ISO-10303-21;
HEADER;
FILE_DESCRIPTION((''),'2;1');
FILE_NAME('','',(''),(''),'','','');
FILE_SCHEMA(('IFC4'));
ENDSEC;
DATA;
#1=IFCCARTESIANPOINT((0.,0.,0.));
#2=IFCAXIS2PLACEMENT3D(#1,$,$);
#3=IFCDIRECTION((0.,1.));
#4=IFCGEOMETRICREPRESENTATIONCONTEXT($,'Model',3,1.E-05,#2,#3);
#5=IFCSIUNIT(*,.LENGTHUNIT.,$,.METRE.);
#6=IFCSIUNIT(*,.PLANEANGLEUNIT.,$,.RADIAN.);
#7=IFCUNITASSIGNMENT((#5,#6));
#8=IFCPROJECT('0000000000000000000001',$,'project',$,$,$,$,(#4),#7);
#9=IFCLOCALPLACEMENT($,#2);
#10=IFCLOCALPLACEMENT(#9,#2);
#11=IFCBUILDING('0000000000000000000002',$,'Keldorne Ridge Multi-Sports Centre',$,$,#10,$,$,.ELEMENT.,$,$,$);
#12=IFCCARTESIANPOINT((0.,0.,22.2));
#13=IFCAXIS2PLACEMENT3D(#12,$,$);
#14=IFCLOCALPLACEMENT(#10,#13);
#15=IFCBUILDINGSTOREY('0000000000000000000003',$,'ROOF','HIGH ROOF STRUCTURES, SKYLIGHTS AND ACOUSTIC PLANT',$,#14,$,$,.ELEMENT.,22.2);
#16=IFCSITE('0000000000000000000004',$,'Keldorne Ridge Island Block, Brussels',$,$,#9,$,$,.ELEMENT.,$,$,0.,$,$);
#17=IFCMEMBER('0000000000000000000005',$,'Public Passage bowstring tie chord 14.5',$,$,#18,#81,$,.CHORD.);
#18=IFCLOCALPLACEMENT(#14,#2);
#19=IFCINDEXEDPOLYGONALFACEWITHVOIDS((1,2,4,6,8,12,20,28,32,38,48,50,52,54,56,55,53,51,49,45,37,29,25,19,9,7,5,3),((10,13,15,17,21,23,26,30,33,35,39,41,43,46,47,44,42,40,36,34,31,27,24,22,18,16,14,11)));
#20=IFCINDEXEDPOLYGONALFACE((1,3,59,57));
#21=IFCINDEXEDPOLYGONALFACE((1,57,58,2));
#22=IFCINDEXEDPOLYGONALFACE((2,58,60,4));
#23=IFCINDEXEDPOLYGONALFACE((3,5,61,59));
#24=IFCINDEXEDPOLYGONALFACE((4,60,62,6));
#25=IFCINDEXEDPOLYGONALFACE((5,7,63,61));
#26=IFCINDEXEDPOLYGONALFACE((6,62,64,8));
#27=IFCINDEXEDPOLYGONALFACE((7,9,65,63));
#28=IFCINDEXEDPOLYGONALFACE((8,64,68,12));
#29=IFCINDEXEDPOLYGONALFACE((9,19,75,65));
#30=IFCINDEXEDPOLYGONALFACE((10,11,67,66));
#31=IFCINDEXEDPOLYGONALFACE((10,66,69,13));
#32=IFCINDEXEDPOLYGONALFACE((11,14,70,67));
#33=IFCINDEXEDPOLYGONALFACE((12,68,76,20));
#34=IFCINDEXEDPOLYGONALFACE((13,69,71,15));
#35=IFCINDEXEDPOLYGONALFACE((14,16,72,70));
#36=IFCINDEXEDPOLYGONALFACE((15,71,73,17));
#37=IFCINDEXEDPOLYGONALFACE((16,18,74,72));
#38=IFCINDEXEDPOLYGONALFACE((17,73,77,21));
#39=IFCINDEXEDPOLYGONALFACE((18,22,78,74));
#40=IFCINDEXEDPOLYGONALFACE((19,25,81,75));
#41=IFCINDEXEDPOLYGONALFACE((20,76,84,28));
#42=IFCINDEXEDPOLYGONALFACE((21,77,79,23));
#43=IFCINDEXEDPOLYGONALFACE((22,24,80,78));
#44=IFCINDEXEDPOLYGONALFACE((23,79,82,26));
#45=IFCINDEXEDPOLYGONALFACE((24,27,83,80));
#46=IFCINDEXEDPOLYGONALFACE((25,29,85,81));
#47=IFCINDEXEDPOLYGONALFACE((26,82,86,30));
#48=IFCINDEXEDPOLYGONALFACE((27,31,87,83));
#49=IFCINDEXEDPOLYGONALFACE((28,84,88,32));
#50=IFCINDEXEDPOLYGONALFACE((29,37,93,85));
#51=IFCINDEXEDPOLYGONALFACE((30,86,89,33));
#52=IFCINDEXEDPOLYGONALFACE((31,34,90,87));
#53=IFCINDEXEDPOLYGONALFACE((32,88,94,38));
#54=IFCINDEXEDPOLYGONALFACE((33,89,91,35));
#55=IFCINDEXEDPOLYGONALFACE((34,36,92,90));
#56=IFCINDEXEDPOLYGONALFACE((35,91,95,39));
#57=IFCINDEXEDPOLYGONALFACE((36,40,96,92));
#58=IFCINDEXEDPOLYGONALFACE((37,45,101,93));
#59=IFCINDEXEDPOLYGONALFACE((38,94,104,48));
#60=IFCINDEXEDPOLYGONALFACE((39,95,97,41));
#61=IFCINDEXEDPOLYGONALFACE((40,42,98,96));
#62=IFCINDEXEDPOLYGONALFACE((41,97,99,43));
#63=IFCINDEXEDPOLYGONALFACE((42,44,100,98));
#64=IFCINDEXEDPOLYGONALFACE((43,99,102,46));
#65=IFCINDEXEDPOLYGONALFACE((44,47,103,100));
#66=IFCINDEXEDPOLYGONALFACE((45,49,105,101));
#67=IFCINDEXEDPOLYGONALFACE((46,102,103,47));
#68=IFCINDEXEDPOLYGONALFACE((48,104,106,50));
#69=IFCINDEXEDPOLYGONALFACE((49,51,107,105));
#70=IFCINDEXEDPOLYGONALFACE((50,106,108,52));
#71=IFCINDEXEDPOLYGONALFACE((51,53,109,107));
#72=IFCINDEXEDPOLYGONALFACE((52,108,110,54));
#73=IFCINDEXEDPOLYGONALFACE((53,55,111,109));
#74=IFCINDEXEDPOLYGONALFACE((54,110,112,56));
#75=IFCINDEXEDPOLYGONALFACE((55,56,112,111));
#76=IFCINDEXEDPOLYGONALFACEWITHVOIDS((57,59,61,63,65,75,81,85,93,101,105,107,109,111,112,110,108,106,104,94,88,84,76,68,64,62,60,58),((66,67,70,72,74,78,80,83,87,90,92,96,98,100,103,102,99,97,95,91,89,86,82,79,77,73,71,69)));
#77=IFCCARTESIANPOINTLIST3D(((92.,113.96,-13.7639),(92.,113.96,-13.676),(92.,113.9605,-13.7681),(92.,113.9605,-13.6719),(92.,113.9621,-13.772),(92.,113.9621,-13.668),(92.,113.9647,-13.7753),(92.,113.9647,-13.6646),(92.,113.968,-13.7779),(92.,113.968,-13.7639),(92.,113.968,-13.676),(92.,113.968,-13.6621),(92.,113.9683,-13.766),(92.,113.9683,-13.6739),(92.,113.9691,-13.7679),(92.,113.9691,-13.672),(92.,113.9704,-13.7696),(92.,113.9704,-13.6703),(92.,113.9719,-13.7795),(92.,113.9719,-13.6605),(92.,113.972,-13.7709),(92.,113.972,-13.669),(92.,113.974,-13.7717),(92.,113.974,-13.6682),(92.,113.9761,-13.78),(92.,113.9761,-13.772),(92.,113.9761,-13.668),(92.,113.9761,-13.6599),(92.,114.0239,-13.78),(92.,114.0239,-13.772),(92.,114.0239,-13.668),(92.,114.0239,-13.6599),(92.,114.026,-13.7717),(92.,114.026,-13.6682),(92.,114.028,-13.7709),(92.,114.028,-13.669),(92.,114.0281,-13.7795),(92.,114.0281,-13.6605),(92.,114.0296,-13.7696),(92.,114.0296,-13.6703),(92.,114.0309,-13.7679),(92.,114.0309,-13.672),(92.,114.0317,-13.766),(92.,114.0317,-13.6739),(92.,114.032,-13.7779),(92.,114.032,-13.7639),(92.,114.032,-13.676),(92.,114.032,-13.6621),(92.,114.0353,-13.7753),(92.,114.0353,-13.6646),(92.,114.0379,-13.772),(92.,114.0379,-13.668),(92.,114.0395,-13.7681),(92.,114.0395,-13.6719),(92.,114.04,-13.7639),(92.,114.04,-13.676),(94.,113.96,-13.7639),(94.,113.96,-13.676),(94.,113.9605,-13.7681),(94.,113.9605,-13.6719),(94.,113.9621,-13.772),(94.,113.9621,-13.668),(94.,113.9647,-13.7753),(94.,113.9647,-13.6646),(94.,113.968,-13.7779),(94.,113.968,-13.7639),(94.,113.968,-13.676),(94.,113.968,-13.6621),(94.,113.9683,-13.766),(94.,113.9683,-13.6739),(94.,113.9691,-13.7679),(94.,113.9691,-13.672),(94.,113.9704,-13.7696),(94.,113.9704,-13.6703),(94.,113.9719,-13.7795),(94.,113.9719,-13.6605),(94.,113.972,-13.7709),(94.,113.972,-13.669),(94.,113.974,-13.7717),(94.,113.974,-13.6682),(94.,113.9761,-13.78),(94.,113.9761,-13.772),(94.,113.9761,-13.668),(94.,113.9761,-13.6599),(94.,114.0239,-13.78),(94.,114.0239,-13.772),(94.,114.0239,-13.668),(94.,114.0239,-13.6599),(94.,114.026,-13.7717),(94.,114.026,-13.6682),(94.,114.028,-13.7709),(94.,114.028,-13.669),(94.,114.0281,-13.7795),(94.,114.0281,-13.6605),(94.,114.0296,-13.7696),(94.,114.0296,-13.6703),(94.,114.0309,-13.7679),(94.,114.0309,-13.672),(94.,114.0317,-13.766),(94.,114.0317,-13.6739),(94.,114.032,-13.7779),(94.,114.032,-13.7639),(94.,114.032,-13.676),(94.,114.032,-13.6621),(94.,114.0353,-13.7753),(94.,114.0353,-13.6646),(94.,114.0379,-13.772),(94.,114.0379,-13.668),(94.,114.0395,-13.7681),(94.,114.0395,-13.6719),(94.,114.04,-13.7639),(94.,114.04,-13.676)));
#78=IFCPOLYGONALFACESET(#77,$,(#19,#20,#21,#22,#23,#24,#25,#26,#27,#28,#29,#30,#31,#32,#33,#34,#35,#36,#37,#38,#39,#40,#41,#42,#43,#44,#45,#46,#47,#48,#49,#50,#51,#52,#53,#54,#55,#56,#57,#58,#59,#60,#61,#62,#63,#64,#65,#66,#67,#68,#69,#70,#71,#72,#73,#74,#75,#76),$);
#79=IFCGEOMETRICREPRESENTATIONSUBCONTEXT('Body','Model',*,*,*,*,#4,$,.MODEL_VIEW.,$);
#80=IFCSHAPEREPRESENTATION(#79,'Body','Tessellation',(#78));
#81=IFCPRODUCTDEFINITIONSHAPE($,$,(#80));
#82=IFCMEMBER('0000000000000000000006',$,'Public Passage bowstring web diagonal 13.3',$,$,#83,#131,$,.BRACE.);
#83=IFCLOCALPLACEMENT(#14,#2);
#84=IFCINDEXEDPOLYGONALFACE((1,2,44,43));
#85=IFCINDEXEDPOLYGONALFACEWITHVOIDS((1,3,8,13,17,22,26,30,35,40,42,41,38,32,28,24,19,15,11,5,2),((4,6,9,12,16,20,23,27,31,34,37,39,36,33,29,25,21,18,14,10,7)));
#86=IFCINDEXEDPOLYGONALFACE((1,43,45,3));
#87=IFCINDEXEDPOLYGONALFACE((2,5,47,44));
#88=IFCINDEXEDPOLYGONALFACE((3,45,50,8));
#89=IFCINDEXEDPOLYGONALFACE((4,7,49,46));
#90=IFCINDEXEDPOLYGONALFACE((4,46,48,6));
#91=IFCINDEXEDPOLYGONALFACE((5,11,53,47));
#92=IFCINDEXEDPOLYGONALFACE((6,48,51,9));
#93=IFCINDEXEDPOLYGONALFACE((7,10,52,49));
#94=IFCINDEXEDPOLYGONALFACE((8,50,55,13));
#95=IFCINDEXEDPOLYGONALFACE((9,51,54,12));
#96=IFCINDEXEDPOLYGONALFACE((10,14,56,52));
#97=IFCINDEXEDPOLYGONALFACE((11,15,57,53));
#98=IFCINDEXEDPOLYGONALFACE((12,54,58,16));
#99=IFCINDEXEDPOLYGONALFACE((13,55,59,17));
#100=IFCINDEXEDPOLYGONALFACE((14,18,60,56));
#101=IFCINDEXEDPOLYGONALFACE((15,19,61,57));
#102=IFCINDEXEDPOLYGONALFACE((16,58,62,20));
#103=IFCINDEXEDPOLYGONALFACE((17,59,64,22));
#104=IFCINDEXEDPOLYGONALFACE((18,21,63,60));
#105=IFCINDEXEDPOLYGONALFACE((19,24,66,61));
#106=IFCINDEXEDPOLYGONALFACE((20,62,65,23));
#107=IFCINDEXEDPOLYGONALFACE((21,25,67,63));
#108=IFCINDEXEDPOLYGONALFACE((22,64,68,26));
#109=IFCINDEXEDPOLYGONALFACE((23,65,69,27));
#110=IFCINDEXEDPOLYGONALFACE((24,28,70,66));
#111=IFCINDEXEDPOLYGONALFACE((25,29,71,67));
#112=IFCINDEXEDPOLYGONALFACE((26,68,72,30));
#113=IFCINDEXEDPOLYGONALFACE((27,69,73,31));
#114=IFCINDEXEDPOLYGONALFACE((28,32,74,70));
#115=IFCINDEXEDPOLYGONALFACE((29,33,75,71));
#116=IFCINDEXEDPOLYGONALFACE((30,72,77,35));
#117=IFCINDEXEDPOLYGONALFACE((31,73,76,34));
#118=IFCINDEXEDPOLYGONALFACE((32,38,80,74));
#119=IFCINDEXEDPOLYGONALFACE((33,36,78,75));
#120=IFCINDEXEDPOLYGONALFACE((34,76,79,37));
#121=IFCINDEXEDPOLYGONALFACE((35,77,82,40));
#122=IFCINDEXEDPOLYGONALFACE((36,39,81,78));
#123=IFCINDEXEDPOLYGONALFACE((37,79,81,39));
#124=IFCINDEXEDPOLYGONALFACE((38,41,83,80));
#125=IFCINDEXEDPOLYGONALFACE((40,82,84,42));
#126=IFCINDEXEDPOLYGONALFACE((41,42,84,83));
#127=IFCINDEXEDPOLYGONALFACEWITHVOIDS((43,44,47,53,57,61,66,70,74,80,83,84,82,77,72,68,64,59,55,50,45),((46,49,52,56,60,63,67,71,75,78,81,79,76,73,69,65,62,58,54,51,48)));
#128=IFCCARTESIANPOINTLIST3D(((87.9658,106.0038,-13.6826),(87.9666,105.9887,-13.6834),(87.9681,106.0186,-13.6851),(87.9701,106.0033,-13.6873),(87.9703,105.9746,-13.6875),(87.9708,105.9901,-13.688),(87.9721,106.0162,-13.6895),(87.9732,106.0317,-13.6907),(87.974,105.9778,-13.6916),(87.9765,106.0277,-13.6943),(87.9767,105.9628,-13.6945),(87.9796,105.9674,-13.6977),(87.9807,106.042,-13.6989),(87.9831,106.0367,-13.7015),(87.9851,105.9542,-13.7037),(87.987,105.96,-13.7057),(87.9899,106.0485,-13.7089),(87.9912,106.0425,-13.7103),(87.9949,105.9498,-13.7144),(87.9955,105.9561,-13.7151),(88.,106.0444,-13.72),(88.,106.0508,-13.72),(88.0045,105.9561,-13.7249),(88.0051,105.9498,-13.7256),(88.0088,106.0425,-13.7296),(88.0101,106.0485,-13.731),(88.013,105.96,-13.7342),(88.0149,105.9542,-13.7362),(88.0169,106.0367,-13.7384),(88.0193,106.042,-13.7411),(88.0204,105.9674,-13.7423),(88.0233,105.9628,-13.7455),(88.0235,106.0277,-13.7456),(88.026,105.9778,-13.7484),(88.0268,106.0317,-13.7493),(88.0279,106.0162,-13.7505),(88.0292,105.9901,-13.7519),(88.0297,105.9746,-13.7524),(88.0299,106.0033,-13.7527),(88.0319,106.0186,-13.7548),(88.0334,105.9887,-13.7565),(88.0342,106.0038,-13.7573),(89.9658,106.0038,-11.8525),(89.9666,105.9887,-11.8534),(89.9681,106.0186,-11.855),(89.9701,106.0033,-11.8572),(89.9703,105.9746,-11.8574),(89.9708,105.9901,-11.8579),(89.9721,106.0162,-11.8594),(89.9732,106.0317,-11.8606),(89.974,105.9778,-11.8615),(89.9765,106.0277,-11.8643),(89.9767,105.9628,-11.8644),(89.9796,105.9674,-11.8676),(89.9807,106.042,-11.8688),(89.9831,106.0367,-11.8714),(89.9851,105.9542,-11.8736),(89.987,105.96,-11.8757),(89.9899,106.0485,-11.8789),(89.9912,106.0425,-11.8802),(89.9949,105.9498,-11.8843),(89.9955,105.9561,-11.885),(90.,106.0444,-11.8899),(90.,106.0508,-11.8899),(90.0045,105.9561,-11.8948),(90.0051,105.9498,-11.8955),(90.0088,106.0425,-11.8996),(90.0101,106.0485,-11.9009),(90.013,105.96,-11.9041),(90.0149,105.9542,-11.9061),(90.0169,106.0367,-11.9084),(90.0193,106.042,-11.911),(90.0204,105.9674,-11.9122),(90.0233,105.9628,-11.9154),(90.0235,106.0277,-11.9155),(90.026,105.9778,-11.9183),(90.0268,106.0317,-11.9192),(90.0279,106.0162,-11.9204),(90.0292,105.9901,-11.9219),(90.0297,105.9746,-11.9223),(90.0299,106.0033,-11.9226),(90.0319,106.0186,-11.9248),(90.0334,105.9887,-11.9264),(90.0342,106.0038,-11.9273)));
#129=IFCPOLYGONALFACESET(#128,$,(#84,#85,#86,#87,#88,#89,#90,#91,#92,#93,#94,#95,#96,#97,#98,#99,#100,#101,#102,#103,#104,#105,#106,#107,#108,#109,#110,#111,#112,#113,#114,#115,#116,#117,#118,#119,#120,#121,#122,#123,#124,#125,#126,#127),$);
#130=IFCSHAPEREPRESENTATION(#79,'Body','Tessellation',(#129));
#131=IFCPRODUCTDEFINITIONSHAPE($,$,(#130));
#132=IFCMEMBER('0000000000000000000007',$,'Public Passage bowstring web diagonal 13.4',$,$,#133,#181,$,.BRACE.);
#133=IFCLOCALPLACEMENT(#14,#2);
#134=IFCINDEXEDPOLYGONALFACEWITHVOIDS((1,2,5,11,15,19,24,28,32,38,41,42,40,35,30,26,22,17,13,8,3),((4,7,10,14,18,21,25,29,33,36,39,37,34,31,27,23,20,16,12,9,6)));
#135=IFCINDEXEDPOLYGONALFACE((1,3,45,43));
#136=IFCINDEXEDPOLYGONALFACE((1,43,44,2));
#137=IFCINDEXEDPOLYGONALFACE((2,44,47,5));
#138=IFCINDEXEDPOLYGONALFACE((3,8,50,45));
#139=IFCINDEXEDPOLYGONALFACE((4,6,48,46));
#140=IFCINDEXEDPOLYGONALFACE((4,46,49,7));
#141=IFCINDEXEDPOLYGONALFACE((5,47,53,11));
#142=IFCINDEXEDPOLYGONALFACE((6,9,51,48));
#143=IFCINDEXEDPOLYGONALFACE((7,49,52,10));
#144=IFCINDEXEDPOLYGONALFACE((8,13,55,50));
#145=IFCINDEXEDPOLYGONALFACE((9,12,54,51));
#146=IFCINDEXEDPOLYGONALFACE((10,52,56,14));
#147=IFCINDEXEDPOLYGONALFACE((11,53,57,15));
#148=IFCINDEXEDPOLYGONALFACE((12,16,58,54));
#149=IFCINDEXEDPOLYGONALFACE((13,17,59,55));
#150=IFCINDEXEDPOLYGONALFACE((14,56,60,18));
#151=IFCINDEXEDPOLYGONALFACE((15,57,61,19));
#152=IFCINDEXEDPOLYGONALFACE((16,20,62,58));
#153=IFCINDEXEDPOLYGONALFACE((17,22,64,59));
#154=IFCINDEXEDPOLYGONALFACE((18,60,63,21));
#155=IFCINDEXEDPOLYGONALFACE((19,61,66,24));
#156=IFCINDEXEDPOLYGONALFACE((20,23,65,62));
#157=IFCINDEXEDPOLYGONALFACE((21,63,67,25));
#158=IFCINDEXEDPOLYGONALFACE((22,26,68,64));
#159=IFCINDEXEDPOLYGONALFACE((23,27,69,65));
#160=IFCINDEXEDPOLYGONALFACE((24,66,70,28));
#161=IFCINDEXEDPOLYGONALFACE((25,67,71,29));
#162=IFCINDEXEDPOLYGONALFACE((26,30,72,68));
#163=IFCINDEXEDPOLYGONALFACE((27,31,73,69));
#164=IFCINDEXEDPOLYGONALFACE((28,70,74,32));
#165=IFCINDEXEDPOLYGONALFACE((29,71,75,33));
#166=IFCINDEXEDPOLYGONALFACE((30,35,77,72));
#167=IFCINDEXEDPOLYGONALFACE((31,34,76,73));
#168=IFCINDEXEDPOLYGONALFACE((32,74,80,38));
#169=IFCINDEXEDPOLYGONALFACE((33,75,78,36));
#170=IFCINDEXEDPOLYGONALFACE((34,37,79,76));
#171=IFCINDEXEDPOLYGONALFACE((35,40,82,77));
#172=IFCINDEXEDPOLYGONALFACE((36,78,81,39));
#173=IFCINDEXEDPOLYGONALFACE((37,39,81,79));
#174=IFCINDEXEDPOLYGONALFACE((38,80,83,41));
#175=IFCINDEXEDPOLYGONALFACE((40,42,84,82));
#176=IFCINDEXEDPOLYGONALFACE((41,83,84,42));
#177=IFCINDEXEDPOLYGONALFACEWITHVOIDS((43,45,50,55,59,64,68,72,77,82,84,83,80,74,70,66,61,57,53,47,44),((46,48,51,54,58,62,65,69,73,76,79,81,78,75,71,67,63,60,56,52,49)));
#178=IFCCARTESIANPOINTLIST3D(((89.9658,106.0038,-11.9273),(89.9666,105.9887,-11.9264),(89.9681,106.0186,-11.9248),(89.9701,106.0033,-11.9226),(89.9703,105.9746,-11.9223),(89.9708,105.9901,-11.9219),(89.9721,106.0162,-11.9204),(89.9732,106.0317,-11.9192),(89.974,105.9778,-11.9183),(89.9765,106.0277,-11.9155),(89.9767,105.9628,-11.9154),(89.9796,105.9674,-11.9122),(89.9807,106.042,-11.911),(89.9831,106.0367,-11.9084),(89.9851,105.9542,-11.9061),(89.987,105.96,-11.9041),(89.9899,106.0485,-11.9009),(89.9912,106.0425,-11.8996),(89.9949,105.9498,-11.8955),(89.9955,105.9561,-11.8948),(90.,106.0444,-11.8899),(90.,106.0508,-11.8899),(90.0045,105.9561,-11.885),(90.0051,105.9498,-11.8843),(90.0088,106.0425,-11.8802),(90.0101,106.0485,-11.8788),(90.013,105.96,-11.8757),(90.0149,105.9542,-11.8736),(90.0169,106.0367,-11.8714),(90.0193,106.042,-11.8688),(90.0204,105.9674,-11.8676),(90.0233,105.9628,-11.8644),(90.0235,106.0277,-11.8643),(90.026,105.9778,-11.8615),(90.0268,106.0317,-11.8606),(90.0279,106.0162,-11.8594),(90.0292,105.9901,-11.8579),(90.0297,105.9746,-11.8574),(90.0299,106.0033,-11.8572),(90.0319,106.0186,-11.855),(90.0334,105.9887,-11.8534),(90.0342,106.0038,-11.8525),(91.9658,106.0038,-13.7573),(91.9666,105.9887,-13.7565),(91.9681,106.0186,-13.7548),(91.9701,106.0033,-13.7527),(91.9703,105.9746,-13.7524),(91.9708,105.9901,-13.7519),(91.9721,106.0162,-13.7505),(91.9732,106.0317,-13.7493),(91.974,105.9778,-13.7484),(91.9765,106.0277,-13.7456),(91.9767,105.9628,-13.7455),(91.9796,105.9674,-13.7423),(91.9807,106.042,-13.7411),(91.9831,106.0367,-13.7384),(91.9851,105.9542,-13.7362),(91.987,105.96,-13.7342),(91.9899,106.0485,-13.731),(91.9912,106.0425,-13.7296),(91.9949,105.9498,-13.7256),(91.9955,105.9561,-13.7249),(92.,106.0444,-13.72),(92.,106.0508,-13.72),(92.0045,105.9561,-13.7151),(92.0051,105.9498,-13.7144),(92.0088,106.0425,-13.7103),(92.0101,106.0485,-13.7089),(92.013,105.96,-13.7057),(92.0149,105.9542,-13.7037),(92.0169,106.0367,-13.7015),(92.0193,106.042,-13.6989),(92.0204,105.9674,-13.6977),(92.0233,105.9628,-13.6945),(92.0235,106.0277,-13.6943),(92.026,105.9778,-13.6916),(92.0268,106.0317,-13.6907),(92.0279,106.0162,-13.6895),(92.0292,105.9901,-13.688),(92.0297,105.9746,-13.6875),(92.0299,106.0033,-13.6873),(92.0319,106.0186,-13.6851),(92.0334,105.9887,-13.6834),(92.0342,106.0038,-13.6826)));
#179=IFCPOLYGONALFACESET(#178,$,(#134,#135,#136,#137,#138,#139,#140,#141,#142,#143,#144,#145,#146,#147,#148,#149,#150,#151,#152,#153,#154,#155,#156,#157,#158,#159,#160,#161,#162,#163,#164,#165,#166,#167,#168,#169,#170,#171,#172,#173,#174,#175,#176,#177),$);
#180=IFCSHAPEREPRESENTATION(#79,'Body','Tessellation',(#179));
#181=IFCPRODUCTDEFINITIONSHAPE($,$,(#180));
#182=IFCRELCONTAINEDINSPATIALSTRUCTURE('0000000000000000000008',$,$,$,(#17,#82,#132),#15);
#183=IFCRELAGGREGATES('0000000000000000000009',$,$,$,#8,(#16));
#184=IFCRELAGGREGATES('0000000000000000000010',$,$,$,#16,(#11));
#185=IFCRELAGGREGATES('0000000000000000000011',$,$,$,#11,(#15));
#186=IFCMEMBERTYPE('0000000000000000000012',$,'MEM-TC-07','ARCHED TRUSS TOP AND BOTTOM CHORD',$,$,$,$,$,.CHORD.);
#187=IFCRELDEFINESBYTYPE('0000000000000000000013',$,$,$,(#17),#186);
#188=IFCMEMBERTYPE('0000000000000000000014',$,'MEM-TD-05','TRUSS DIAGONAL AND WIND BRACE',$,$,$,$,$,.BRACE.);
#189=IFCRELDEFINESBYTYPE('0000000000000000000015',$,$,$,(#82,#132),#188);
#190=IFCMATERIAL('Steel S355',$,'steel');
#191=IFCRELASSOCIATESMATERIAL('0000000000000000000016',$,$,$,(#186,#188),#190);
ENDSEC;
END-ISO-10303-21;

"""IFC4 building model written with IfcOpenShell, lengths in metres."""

from ifc_helpers import new_model, si_unit, direction, frame, origin, origin_2d, place, context, subcontext, project, spatial, hollow_rectangle, hollow_circle, extrude, material, material_profile, profile_set, type_object, element, save


model = new_model("IFC4")

# Units and contexts
model_context = context("Model", 3, precision=1e-05, world=origin(), true_north=direction((0.0, 1.0)))
body_context = subcontext(model_context, "Body", "Model", "MODEL_VIEW")
ifc_project = project(units=[si_unit("LENGTHUNIT", "METRE"), si_unit("PLANEANGLEUNIT", "RADIAN")], contexts=[model_context])

# Site, building, storey
site_placement = place(None, origin())
site = spatial("IfcSite", under=ifc_project, at=site_placement, Name="Keldorne Ridge Island Block, Brussels", CompositionType="ELEMENT", RefElevation=0.0)
building_placement = place(site_placement, origin())
building = spatial("IfcBuilding", under=site, at=building_placement, Name="Keldorne Ridge Multi-Sports Centre", CompositionType="ELEMENT")
storey_placement = place(building_placement, frame((0.0, 0.0, 22.2)))
storey = spatial("IfcBuildingStorey", under=building, at=storey_placement, Name="ROOF", Description="HIGH ROOF STRUCTURES, SKYLIGHTS AND ACOUSTIC PLANT", CompositionType="ELEMENT", Elevation=22.2)

# Members
ifc_material = material(Name="Steel S355", Category="steel")
ifc_material_profile_1 = material_profile(ifc_material, hollow_rectangle(XDim=0.0801, YDim=0.1201, WallThickness=0.0081, InnerFilletRadius=0.0081, OuterFilletRadius=0.0161, at=origin_2d()), Name="RHS 120x80x8")
ifc_profile_set_1 = profile_set([ifc_material_profile_1], Name="Steel S355")
member_type_1 = type_object("IfcMemberType", Name="MEM-TC-07", Description="ARCHED TRUSS TOP AND BOTTOM CHORD", PredefinedType="CHORD", material=ifc_profile_set_1)
for number, where, z_axis, x_axis, name in (
    (1, (92.0, 114.0, -13.72), (1.0, 0.0, 0.0), (0.0, 1.0, 0.0), "Public Passage bowstring tie chord 14.5"),
):
    element("IfcMember", number, at=place(storey_placement, frame(where, z_axis=z_axis, x_axis=x_axis)), inside=storey, type_object=member_type_1, Name=name, PredefinedType="CHORD", context=body_context, shape_type="SweptSolid", body=[
        extrude(hollow_rectangle(XDim=0.0801, YDim=0.1201, WallThickness=0.0081, InnerFilletRadius=0.0081, OuterFilletRadius=0.0161, at=origin_2d()), origin(), (0.0, 0.0, 1.0), 2.0),
    ])
ifc_material_profile_2 = material_profile(ifc_material, hollow_circle(Radius=0.0508, WallThickness=0.0063, at=origin_2d()), Name="CHS 101.6x6.3")
ifc_profile_set_2 = profile_set([ifc_material_profile_2], Name="Steel S355")
member_type_2 = type_object("IfcMemberType", Name="MEM-TD-05", Description="TRUSS DIAGONAL AND WIND BRACE", PredefinedType="BRACE", material=ifc_profile_set_2)
for number, where, z_axis, x_axis, name in (
    (2, (88.0, 106.0, -13.72), (0.737752, 0.0, 0.675072), (0.0, 1.0, 0.0), "Public Passage bowstring web diagonal 13.3"),
    (3, (90.0, 106.0, -11.8899), (0.737752, 0.0, -0.675072), (0.0, 1.0, 0.0), "Public Passage bowstring web diagonal 13.4"),
):
    element("IfcMember", number, at=place(storey_placement, frame(where, z_axis=z_axis, x_axis=x_axis)), inside=storey, type_object=member_type_2, Name=name, PredefinedType="BRACE", context=body_context, shape_type="SweptSolid", body=[
        extrude(hollow_circle(Radius=0.0508, WallThickness=0.0063, at=origin_2d()), origin(), (0.0, 0.0, 1.0), 2.7109),
    ])

save(model, "model.ifc")
